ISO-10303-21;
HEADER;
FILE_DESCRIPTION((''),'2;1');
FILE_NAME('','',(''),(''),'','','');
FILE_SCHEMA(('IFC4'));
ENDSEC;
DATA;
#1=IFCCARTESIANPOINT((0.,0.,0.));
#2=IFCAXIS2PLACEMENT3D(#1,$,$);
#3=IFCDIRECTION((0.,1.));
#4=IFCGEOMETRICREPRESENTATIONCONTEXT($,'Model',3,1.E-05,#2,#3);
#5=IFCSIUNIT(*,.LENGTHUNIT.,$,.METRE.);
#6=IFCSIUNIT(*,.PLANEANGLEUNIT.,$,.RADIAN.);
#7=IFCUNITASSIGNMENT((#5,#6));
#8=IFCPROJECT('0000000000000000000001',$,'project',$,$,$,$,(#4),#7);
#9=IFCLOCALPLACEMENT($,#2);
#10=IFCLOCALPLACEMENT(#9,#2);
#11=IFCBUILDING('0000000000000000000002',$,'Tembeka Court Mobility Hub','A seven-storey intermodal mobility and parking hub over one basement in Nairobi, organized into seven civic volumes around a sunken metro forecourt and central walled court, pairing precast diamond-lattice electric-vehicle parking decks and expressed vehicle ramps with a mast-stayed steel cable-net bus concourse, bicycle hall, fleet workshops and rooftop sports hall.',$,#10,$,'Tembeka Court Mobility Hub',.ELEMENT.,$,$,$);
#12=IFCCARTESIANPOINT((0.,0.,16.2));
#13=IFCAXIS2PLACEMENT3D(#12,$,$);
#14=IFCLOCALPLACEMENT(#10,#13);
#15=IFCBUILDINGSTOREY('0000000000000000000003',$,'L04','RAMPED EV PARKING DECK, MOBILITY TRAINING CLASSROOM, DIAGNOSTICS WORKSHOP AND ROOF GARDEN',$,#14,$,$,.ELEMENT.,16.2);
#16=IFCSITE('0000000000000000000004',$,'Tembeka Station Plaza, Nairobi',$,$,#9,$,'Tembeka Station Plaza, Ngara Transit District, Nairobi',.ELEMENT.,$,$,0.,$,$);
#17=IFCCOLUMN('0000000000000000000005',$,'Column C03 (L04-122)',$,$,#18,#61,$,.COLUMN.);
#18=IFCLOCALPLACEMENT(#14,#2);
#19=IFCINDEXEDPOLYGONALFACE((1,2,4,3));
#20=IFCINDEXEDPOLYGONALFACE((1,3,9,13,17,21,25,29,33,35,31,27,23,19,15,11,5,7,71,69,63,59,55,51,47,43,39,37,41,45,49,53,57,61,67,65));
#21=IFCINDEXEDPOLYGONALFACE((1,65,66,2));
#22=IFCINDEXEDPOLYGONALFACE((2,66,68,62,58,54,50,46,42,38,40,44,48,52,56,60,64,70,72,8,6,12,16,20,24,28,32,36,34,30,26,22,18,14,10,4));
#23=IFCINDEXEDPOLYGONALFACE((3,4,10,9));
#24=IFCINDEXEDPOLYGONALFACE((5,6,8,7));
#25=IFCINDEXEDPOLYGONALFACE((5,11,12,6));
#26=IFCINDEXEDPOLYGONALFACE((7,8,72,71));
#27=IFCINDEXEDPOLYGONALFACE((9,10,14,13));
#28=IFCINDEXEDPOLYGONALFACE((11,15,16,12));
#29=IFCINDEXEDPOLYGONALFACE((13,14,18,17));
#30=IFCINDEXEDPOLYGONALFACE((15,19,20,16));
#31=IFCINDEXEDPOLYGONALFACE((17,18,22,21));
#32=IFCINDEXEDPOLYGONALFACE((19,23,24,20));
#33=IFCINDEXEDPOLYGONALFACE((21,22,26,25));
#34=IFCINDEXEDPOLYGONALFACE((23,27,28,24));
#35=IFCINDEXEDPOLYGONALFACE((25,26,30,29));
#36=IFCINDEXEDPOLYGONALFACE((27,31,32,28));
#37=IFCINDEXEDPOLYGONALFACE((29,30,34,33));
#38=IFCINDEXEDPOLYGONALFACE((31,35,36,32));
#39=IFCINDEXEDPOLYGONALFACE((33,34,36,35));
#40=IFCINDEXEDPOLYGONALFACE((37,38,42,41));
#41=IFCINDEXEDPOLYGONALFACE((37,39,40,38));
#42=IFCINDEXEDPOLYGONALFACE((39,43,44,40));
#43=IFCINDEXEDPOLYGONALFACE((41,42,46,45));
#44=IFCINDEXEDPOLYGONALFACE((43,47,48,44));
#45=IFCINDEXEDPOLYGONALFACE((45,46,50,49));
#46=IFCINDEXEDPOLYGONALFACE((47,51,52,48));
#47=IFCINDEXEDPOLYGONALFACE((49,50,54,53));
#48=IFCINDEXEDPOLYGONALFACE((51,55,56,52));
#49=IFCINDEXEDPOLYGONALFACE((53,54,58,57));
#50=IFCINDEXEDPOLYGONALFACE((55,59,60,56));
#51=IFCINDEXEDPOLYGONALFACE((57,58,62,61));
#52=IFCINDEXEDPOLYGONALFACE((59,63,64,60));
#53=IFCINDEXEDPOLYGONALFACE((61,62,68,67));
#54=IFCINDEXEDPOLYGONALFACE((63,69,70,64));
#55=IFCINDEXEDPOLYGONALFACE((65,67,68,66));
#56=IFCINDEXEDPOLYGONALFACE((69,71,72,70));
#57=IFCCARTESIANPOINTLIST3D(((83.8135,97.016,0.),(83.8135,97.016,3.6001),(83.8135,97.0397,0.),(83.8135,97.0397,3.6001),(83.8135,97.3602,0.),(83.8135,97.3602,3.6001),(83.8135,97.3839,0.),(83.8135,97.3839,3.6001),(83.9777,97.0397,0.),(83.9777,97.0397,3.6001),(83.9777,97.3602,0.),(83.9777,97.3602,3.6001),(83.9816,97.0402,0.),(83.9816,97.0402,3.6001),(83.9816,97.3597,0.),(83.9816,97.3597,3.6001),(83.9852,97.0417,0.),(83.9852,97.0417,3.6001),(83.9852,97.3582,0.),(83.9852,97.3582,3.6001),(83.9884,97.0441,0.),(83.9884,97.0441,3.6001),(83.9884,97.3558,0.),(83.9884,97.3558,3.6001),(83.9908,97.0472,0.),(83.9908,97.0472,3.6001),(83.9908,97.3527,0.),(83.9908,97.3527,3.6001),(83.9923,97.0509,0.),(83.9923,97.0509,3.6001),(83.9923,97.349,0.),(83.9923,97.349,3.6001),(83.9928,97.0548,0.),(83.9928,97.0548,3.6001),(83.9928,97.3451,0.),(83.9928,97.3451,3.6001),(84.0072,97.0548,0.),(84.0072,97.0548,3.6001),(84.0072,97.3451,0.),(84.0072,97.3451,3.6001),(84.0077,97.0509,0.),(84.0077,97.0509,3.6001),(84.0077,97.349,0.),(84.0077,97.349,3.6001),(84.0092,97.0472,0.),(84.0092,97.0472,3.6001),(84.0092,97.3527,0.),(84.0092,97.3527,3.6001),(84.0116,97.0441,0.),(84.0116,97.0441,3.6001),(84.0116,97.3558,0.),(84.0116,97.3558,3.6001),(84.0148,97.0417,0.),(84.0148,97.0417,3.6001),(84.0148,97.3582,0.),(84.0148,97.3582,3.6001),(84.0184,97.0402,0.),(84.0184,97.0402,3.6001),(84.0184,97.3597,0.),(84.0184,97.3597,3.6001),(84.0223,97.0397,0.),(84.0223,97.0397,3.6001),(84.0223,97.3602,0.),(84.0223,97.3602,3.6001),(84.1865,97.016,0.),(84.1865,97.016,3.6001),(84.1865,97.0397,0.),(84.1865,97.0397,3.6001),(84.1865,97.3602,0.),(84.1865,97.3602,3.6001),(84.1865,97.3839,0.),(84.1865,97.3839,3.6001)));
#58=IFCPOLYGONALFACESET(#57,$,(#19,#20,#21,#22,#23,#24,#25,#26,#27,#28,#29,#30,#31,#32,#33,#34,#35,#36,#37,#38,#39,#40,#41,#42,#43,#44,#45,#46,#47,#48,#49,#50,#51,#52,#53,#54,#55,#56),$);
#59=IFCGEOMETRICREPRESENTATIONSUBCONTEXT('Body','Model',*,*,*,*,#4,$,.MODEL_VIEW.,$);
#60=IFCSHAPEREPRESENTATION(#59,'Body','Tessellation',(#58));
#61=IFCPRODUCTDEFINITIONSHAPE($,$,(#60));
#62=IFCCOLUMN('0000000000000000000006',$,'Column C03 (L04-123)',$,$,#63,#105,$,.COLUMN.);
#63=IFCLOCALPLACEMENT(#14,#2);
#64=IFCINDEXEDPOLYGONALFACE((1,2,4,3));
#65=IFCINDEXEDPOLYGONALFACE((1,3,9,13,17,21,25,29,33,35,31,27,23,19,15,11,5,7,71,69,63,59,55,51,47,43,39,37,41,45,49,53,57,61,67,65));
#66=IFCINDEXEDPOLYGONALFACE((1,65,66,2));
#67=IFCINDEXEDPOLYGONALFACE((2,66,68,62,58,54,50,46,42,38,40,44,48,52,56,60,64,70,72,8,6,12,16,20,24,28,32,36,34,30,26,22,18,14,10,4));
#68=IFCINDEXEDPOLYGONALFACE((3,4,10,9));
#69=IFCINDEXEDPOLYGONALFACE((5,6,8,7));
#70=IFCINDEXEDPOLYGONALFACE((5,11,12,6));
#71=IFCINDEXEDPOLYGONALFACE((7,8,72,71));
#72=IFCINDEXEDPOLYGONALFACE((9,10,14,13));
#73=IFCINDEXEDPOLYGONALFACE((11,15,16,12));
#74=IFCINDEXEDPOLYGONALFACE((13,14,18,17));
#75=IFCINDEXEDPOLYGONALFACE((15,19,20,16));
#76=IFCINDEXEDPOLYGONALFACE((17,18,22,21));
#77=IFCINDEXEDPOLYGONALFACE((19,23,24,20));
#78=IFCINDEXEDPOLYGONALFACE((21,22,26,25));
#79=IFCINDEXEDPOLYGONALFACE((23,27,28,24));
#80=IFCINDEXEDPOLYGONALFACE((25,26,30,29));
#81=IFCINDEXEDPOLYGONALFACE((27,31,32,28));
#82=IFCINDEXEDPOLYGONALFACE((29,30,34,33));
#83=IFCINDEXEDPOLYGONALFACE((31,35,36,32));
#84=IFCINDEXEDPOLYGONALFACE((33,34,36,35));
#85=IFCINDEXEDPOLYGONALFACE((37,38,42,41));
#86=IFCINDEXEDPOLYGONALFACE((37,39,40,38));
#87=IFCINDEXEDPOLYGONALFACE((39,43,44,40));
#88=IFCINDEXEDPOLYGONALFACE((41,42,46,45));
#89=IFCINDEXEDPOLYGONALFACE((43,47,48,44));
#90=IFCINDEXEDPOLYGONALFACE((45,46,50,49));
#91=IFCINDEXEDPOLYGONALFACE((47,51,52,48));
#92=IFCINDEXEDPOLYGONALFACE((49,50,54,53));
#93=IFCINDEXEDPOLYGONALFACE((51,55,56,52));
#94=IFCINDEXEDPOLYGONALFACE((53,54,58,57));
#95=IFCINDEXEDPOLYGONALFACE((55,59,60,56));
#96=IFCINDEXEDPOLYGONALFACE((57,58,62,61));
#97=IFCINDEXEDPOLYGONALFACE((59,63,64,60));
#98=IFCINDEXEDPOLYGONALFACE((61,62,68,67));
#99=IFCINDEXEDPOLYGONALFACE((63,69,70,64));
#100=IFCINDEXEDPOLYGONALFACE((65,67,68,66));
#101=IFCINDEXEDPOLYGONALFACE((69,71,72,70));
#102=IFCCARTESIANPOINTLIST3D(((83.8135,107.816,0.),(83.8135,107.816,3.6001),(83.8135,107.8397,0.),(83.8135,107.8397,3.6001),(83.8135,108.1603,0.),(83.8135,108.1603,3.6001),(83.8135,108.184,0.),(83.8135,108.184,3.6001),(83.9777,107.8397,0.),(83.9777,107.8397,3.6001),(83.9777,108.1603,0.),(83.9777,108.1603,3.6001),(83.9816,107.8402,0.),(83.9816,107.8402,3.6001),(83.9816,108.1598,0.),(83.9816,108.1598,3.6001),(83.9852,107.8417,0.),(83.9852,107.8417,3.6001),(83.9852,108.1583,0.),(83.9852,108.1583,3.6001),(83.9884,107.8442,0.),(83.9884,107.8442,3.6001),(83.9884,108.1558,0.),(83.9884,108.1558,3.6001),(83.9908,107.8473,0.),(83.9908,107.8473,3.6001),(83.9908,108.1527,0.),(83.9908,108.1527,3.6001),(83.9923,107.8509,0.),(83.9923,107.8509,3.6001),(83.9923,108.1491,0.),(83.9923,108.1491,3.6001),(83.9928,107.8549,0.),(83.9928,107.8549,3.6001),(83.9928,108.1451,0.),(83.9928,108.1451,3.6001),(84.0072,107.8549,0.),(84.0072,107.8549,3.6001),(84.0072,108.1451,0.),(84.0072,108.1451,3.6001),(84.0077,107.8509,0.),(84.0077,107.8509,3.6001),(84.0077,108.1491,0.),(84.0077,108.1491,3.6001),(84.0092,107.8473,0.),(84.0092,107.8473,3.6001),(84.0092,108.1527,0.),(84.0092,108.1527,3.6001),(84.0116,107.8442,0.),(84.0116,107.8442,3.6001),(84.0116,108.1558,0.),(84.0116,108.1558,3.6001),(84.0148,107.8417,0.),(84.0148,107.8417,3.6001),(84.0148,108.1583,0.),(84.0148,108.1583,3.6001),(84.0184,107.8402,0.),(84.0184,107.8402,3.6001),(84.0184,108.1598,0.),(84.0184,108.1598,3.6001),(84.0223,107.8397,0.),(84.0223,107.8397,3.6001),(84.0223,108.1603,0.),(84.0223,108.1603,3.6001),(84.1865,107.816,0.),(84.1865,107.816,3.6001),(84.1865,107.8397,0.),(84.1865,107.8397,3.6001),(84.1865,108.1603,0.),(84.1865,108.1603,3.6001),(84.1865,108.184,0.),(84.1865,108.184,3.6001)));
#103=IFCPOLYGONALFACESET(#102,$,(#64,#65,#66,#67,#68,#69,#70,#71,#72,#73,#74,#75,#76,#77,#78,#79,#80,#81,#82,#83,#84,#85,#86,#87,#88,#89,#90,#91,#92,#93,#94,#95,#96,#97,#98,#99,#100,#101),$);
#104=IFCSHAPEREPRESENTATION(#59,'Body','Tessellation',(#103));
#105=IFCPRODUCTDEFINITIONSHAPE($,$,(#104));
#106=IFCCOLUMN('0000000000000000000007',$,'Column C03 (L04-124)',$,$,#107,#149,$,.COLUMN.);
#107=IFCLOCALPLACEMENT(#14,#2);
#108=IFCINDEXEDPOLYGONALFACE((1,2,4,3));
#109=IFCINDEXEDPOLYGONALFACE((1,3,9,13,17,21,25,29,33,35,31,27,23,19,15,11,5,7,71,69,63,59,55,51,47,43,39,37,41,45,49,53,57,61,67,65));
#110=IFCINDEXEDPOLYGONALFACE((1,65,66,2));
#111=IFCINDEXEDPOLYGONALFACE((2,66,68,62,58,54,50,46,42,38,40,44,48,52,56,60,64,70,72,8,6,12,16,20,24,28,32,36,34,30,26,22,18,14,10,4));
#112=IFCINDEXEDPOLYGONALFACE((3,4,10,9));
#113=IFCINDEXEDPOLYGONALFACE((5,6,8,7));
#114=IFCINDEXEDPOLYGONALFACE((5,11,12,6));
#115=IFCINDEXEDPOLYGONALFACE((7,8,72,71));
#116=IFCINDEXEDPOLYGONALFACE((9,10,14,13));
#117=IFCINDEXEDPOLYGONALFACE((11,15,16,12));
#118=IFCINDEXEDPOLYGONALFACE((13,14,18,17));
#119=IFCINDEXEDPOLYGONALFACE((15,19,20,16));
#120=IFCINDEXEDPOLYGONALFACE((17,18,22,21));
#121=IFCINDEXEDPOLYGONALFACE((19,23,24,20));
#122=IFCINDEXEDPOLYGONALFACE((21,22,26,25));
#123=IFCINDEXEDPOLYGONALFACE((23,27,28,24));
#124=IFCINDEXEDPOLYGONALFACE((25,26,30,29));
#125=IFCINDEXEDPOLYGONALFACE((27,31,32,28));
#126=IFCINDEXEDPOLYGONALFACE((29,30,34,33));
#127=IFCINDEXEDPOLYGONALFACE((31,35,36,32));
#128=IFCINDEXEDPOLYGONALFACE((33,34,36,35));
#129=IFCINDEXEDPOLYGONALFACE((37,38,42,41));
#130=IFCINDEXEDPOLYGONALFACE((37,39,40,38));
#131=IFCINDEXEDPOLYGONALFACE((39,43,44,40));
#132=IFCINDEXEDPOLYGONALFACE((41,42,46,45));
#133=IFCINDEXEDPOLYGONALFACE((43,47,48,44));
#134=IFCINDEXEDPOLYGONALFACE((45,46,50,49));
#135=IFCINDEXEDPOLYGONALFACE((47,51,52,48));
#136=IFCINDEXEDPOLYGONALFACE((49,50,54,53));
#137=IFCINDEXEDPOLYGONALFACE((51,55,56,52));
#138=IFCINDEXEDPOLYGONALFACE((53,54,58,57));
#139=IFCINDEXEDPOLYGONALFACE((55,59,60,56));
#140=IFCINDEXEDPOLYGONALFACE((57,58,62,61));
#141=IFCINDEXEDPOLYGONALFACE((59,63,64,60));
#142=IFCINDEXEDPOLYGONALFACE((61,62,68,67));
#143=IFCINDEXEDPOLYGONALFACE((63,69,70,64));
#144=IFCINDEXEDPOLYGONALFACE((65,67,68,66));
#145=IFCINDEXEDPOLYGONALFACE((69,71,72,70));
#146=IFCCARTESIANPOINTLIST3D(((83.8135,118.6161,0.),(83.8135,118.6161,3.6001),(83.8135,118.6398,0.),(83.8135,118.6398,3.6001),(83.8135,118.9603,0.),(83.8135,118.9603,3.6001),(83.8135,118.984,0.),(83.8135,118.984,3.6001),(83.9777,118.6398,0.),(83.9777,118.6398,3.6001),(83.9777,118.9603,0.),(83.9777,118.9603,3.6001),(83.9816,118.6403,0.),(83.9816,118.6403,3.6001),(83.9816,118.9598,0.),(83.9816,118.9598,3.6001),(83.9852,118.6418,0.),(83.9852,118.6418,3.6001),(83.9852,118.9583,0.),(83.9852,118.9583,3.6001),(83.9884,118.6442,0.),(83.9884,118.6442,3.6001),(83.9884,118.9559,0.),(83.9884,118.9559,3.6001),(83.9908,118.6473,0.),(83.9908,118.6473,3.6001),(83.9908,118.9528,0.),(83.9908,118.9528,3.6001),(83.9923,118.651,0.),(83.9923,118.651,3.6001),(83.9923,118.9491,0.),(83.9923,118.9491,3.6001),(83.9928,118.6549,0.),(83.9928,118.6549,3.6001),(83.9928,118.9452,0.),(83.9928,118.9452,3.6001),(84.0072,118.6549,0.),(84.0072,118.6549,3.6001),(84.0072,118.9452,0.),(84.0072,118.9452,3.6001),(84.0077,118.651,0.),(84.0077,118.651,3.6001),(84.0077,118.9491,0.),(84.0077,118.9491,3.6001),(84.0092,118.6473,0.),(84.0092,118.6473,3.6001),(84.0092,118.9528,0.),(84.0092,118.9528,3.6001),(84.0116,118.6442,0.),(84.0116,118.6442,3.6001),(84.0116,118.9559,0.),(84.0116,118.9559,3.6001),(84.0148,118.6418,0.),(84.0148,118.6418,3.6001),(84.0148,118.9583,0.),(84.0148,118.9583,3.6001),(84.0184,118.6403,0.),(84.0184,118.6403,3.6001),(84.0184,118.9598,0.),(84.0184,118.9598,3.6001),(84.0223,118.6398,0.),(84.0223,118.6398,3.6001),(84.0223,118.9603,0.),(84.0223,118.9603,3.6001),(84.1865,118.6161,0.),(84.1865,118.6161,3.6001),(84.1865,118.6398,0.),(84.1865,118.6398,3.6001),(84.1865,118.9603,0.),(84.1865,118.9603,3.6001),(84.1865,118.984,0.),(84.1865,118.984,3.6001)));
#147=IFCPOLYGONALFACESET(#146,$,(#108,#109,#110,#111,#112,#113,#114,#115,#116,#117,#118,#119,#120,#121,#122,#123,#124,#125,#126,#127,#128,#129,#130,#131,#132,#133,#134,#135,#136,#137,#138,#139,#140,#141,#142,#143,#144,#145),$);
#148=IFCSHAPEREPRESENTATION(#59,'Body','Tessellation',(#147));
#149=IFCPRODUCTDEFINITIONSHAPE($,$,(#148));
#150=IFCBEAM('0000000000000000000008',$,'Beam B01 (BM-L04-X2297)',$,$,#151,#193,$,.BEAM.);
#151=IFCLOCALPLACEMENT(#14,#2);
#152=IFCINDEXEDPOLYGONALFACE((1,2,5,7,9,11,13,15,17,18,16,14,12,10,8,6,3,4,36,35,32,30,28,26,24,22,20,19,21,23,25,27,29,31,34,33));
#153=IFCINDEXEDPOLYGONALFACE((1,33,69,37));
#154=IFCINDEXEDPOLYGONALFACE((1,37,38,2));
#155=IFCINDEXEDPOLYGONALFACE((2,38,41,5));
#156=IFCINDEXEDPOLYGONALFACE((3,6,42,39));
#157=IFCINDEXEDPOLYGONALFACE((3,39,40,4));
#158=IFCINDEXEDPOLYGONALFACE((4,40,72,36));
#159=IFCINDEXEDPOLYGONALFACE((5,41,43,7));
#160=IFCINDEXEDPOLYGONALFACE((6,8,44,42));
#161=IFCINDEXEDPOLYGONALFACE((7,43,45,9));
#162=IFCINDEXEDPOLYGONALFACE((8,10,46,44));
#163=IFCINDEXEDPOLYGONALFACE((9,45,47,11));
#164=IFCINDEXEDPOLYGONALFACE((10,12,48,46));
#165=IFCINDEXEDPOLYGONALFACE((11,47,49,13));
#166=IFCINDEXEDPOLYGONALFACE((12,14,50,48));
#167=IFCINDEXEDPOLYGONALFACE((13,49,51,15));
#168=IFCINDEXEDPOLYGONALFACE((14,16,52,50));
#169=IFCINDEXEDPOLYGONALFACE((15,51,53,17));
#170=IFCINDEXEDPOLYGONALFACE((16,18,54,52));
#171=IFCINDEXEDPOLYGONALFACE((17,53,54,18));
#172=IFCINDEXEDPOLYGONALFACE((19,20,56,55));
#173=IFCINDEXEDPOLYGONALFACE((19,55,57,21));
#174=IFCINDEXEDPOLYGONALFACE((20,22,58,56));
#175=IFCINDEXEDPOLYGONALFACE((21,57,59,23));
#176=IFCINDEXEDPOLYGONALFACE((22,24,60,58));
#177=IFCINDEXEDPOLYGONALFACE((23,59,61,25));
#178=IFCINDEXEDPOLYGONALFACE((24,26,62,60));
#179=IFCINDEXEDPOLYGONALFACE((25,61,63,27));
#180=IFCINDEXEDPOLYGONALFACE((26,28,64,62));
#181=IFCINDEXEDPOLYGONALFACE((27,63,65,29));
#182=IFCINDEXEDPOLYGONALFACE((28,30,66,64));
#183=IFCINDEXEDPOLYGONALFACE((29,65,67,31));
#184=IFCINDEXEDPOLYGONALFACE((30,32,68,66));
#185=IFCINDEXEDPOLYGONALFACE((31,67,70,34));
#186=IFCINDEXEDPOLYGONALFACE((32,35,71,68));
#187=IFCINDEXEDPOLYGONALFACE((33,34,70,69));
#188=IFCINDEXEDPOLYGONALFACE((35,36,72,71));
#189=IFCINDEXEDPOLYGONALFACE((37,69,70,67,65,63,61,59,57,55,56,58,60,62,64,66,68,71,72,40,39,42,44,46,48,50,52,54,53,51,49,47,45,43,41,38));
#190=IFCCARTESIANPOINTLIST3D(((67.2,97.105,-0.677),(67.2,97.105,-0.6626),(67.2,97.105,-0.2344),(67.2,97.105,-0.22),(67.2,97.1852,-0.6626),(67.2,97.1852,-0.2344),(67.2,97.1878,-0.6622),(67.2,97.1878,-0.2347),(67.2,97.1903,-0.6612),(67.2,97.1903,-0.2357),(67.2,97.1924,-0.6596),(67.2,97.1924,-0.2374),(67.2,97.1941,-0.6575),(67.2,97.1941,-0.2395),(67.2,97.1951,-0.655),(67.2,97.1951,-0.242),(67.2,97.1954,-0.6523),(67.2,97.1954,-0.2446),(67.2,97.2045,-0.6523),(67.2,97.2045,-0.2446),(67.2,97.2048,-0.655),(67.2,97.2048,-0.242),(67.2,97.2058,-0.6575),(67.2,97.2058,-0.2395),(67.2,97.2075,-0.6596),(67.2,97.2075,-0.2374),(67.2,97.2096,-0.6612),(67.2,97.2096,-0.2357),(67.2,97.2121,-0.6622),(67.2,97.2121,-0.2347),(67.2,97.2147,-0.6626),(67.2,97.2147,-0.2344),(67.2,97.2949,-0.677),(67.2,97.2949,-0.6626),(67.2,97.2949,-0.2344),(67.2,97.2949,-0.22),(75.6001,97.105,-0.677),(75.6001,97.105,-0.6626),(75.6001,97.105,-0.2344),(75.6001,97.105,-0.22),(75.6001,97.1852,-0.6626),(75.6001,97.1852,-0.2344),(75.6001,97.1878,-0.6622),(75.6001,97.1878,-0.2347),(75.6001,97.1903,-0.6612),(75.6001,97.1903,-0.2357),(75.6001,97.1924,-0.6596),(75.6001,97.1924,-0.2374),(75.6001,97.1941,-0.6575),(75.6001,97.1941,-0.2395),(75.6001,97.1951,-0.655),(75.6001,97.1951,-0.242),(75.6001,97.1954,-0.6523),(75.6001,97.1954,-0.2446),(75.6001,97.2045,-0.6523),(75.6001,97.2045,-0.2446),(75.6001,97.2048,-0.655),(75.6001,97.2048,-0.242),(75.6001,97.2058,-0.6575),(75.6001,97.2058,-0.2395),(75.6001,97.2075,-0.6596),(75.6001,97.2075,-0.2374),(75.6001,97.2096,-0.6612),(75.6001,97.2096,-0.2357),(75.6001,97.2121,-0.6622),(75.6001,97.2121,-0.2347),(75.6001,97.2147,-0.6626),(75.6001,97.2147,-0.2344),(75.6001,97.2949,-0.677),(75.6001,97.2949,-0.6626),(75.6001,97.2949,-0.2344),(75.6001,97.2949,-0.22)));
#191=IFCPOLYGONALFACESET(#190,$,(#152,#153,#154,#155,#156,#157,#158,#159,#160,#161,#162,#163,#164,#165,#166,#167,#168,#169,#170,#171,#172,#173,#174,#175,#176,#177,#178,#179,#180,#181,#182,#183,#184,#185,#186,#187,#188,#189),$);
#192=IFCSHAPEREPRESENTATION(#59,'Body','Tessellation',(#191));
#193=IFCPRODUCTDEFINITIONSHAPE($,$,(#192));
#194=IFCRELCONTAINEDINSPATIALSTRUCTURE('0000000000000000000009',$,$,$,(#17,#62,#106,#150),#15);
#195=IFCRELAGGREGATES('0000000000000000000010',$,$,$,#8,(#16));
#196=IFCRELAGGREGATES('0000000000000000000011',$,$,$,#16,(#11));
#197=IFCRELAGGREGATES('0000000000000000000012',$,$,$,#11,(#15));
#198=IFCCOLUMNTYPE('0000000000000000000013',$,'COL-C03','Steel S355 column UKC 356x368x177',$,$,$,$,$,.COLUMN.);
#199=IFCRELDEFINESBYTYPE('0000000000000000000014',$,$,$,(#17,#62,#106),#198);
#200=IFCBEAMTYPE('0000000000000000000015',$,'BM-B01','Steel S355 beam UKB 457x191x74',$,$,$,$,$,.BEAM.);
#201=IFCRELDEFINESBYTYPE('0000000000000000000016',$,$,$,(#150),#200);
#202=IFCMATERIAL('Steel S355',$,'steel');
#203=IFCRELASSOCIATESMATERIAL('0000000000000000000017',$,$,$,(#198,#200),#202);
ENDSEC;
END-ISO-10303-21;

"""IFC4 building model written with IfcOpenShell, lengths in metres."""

from ifc_helpers import new_model, si_unit, direction, frame, origin, origin_2d, place, context, subcontext, project, spatial, i_section, extrude, material, material_profile, profile_set, type_object, element, save


model = new_model("IFC4")

# Units and contexts
model_context = context("Model", 3, precision=1e-05, world=origin(), true_north=direction((0.0, 1.0)))
body_context = subcontext(model_context, "Body", "Model", "MODEL_VIEW")
ifc_project = project(units=[si_unit("LENGTHUNIT", "METRE"), si_unit("PLANEANGLEUNIT", "RADIAN")], contexts=[model_context])

# Site, building, storey
site_placement = place(None, origin())
site = spatial("IfcSite", under=ifc_project, at=site_placement, Name="Tembeka Station Plaza, Nairobi", LongName="Tembeka Station Plaza, Ngara Transit District, Nairobi", CompositionType="ELEMENT", RefElevation=0.0)
building_placement = place(site_placement, origin())
building = spatial("IfcBuilding", under=site, at=building_placement, Name="Tembeka Court Mobility Hub", Description="A seven-storey intermodal mobility and parking hub over one basement in Nairobi, organized into seven civic volumes around a sunken metro forecourt and central walled court, pairing precast diamond-lattice electric-vehicle parking decks and expressed vehicle ramps with a mast-stayed steel cable-net bus concourse, bicycle hall, fleet workshops and rooftop sports hall.", LongName="Tembeka Court Mobility Hub", CompositionType="ELEMENT")
storey_placement = place(building_placement, frame((0.0, 0.0, 16.2)))
storey = spatial("IfcBuildingStorey", under=building, at=storey_placement, Name="L04", Description="RAMPED EV PARKING DECK, MOBILITY TRAINING CLASSROOM, DIAGNOSTICS WORKSHOP AND ROOF GARDEN", CompositionType="ELEMENT", Elevation=16.2)

# Columns
ifc_material_1 = material(Name="Steel S355", Category="steel")
ifc_material_profile_1 = material_profile(ifc_material_1, i_section(OverallWidth=0.373, OverallDepth=0.3679, WebThickness=0.0144, FlangeThickness=0.0237, FilletRadius=0.0151, at=origin_2d()), Name="UKC 356x368x177")
ifc_profile_set_1 = profile_set([ifc_material_profile_1], Name="Steel S355")
column_type = type_object("IfcColumnType", Name="COL-C03", Description="Steel S355 column UKC 356x368x177", PredefinedType="COLUMN", material=ifc_profile_set_1)
for number, where, z_axis, x_axis, name in (
    (1, (84.0, 97.2, 0.0), (0.0, 0.0, 1.0), (1.0, 0.0, 0.0), "Column C03 (L04-122)"),
    (2, (84.0, 108.0, 0.0), (0.0, 0.0, 1.0), (1.0, 0.0, 0.0), "Column C03 (L04-123)"),
    (3, (84.0, 118.8, 0.0), (0.0, 0.0, 1.0), (1.0, 0.0, 0.0), "Column C03 (L04-124)"),
):
    element("IfcColumn", number, at=place(storey_placement, frame(where, z_axis=z_axis, x_axis=x_axis)), inside=storey, type_object=column_type, Name=name, PredefinedType="COLUMN", context=body_context, shape_type="SweptSolid", body=[
        extrude(i_section(OverallWidth=0.373, OverallDepth=0.3679, WebThickness=0.0144, FlangeThickness=0.0237, FilletRadius=0.0151, at=origin_2d()), origin(), (0.0, 0.0, 1.0), 3.6001),
    ])

# Beam
ifc_material_profile_2 = material_profile(ifc_material_1, i_section(OverallWidth=0.1899, OverallDepth=0.457, WebThickness=0.009, FlangeThickness=0.0144, FilletRadius=0.0103, at=origin_2d()), Name="UKB 457x191x74")
ifc_profile_set_2 = profile_set([ifc_material_profile_2], Name="Steel S355")
beam_type_1 = type_object("IfcBeamType", Name="BM-B01", Description="Steel S355 beam UKB 457x191x74", PredefinedType="BEAM", material=ifc_profile_set_2)
beam_1_placement = place(storey_placement, frame((67.2, 97.2, -0.4485), z_axis=(1.0, 0.0, 0.0), x_axis=(0.0, 1.0, 0.0)))
element("IfcBeam", 4, at=beam_1_placement, inside=storey, type_object=beam_type_1, Name="Beam B01 (BM-L04-X2297)", PredefinedType="BEAM", context=body_context, shape_type="SweptSolid", body=[
    extrude(i_section(OverallWidth=0.1899, OverallDepth=0.457, WebThickness=0.009, FlangeThickness=0.0144, FilletRadius=0.0103, at=origin_2d()), origin(), (0.0, 0.0, 1.0), 8.4001),
])

save(model, "model.ifc")
